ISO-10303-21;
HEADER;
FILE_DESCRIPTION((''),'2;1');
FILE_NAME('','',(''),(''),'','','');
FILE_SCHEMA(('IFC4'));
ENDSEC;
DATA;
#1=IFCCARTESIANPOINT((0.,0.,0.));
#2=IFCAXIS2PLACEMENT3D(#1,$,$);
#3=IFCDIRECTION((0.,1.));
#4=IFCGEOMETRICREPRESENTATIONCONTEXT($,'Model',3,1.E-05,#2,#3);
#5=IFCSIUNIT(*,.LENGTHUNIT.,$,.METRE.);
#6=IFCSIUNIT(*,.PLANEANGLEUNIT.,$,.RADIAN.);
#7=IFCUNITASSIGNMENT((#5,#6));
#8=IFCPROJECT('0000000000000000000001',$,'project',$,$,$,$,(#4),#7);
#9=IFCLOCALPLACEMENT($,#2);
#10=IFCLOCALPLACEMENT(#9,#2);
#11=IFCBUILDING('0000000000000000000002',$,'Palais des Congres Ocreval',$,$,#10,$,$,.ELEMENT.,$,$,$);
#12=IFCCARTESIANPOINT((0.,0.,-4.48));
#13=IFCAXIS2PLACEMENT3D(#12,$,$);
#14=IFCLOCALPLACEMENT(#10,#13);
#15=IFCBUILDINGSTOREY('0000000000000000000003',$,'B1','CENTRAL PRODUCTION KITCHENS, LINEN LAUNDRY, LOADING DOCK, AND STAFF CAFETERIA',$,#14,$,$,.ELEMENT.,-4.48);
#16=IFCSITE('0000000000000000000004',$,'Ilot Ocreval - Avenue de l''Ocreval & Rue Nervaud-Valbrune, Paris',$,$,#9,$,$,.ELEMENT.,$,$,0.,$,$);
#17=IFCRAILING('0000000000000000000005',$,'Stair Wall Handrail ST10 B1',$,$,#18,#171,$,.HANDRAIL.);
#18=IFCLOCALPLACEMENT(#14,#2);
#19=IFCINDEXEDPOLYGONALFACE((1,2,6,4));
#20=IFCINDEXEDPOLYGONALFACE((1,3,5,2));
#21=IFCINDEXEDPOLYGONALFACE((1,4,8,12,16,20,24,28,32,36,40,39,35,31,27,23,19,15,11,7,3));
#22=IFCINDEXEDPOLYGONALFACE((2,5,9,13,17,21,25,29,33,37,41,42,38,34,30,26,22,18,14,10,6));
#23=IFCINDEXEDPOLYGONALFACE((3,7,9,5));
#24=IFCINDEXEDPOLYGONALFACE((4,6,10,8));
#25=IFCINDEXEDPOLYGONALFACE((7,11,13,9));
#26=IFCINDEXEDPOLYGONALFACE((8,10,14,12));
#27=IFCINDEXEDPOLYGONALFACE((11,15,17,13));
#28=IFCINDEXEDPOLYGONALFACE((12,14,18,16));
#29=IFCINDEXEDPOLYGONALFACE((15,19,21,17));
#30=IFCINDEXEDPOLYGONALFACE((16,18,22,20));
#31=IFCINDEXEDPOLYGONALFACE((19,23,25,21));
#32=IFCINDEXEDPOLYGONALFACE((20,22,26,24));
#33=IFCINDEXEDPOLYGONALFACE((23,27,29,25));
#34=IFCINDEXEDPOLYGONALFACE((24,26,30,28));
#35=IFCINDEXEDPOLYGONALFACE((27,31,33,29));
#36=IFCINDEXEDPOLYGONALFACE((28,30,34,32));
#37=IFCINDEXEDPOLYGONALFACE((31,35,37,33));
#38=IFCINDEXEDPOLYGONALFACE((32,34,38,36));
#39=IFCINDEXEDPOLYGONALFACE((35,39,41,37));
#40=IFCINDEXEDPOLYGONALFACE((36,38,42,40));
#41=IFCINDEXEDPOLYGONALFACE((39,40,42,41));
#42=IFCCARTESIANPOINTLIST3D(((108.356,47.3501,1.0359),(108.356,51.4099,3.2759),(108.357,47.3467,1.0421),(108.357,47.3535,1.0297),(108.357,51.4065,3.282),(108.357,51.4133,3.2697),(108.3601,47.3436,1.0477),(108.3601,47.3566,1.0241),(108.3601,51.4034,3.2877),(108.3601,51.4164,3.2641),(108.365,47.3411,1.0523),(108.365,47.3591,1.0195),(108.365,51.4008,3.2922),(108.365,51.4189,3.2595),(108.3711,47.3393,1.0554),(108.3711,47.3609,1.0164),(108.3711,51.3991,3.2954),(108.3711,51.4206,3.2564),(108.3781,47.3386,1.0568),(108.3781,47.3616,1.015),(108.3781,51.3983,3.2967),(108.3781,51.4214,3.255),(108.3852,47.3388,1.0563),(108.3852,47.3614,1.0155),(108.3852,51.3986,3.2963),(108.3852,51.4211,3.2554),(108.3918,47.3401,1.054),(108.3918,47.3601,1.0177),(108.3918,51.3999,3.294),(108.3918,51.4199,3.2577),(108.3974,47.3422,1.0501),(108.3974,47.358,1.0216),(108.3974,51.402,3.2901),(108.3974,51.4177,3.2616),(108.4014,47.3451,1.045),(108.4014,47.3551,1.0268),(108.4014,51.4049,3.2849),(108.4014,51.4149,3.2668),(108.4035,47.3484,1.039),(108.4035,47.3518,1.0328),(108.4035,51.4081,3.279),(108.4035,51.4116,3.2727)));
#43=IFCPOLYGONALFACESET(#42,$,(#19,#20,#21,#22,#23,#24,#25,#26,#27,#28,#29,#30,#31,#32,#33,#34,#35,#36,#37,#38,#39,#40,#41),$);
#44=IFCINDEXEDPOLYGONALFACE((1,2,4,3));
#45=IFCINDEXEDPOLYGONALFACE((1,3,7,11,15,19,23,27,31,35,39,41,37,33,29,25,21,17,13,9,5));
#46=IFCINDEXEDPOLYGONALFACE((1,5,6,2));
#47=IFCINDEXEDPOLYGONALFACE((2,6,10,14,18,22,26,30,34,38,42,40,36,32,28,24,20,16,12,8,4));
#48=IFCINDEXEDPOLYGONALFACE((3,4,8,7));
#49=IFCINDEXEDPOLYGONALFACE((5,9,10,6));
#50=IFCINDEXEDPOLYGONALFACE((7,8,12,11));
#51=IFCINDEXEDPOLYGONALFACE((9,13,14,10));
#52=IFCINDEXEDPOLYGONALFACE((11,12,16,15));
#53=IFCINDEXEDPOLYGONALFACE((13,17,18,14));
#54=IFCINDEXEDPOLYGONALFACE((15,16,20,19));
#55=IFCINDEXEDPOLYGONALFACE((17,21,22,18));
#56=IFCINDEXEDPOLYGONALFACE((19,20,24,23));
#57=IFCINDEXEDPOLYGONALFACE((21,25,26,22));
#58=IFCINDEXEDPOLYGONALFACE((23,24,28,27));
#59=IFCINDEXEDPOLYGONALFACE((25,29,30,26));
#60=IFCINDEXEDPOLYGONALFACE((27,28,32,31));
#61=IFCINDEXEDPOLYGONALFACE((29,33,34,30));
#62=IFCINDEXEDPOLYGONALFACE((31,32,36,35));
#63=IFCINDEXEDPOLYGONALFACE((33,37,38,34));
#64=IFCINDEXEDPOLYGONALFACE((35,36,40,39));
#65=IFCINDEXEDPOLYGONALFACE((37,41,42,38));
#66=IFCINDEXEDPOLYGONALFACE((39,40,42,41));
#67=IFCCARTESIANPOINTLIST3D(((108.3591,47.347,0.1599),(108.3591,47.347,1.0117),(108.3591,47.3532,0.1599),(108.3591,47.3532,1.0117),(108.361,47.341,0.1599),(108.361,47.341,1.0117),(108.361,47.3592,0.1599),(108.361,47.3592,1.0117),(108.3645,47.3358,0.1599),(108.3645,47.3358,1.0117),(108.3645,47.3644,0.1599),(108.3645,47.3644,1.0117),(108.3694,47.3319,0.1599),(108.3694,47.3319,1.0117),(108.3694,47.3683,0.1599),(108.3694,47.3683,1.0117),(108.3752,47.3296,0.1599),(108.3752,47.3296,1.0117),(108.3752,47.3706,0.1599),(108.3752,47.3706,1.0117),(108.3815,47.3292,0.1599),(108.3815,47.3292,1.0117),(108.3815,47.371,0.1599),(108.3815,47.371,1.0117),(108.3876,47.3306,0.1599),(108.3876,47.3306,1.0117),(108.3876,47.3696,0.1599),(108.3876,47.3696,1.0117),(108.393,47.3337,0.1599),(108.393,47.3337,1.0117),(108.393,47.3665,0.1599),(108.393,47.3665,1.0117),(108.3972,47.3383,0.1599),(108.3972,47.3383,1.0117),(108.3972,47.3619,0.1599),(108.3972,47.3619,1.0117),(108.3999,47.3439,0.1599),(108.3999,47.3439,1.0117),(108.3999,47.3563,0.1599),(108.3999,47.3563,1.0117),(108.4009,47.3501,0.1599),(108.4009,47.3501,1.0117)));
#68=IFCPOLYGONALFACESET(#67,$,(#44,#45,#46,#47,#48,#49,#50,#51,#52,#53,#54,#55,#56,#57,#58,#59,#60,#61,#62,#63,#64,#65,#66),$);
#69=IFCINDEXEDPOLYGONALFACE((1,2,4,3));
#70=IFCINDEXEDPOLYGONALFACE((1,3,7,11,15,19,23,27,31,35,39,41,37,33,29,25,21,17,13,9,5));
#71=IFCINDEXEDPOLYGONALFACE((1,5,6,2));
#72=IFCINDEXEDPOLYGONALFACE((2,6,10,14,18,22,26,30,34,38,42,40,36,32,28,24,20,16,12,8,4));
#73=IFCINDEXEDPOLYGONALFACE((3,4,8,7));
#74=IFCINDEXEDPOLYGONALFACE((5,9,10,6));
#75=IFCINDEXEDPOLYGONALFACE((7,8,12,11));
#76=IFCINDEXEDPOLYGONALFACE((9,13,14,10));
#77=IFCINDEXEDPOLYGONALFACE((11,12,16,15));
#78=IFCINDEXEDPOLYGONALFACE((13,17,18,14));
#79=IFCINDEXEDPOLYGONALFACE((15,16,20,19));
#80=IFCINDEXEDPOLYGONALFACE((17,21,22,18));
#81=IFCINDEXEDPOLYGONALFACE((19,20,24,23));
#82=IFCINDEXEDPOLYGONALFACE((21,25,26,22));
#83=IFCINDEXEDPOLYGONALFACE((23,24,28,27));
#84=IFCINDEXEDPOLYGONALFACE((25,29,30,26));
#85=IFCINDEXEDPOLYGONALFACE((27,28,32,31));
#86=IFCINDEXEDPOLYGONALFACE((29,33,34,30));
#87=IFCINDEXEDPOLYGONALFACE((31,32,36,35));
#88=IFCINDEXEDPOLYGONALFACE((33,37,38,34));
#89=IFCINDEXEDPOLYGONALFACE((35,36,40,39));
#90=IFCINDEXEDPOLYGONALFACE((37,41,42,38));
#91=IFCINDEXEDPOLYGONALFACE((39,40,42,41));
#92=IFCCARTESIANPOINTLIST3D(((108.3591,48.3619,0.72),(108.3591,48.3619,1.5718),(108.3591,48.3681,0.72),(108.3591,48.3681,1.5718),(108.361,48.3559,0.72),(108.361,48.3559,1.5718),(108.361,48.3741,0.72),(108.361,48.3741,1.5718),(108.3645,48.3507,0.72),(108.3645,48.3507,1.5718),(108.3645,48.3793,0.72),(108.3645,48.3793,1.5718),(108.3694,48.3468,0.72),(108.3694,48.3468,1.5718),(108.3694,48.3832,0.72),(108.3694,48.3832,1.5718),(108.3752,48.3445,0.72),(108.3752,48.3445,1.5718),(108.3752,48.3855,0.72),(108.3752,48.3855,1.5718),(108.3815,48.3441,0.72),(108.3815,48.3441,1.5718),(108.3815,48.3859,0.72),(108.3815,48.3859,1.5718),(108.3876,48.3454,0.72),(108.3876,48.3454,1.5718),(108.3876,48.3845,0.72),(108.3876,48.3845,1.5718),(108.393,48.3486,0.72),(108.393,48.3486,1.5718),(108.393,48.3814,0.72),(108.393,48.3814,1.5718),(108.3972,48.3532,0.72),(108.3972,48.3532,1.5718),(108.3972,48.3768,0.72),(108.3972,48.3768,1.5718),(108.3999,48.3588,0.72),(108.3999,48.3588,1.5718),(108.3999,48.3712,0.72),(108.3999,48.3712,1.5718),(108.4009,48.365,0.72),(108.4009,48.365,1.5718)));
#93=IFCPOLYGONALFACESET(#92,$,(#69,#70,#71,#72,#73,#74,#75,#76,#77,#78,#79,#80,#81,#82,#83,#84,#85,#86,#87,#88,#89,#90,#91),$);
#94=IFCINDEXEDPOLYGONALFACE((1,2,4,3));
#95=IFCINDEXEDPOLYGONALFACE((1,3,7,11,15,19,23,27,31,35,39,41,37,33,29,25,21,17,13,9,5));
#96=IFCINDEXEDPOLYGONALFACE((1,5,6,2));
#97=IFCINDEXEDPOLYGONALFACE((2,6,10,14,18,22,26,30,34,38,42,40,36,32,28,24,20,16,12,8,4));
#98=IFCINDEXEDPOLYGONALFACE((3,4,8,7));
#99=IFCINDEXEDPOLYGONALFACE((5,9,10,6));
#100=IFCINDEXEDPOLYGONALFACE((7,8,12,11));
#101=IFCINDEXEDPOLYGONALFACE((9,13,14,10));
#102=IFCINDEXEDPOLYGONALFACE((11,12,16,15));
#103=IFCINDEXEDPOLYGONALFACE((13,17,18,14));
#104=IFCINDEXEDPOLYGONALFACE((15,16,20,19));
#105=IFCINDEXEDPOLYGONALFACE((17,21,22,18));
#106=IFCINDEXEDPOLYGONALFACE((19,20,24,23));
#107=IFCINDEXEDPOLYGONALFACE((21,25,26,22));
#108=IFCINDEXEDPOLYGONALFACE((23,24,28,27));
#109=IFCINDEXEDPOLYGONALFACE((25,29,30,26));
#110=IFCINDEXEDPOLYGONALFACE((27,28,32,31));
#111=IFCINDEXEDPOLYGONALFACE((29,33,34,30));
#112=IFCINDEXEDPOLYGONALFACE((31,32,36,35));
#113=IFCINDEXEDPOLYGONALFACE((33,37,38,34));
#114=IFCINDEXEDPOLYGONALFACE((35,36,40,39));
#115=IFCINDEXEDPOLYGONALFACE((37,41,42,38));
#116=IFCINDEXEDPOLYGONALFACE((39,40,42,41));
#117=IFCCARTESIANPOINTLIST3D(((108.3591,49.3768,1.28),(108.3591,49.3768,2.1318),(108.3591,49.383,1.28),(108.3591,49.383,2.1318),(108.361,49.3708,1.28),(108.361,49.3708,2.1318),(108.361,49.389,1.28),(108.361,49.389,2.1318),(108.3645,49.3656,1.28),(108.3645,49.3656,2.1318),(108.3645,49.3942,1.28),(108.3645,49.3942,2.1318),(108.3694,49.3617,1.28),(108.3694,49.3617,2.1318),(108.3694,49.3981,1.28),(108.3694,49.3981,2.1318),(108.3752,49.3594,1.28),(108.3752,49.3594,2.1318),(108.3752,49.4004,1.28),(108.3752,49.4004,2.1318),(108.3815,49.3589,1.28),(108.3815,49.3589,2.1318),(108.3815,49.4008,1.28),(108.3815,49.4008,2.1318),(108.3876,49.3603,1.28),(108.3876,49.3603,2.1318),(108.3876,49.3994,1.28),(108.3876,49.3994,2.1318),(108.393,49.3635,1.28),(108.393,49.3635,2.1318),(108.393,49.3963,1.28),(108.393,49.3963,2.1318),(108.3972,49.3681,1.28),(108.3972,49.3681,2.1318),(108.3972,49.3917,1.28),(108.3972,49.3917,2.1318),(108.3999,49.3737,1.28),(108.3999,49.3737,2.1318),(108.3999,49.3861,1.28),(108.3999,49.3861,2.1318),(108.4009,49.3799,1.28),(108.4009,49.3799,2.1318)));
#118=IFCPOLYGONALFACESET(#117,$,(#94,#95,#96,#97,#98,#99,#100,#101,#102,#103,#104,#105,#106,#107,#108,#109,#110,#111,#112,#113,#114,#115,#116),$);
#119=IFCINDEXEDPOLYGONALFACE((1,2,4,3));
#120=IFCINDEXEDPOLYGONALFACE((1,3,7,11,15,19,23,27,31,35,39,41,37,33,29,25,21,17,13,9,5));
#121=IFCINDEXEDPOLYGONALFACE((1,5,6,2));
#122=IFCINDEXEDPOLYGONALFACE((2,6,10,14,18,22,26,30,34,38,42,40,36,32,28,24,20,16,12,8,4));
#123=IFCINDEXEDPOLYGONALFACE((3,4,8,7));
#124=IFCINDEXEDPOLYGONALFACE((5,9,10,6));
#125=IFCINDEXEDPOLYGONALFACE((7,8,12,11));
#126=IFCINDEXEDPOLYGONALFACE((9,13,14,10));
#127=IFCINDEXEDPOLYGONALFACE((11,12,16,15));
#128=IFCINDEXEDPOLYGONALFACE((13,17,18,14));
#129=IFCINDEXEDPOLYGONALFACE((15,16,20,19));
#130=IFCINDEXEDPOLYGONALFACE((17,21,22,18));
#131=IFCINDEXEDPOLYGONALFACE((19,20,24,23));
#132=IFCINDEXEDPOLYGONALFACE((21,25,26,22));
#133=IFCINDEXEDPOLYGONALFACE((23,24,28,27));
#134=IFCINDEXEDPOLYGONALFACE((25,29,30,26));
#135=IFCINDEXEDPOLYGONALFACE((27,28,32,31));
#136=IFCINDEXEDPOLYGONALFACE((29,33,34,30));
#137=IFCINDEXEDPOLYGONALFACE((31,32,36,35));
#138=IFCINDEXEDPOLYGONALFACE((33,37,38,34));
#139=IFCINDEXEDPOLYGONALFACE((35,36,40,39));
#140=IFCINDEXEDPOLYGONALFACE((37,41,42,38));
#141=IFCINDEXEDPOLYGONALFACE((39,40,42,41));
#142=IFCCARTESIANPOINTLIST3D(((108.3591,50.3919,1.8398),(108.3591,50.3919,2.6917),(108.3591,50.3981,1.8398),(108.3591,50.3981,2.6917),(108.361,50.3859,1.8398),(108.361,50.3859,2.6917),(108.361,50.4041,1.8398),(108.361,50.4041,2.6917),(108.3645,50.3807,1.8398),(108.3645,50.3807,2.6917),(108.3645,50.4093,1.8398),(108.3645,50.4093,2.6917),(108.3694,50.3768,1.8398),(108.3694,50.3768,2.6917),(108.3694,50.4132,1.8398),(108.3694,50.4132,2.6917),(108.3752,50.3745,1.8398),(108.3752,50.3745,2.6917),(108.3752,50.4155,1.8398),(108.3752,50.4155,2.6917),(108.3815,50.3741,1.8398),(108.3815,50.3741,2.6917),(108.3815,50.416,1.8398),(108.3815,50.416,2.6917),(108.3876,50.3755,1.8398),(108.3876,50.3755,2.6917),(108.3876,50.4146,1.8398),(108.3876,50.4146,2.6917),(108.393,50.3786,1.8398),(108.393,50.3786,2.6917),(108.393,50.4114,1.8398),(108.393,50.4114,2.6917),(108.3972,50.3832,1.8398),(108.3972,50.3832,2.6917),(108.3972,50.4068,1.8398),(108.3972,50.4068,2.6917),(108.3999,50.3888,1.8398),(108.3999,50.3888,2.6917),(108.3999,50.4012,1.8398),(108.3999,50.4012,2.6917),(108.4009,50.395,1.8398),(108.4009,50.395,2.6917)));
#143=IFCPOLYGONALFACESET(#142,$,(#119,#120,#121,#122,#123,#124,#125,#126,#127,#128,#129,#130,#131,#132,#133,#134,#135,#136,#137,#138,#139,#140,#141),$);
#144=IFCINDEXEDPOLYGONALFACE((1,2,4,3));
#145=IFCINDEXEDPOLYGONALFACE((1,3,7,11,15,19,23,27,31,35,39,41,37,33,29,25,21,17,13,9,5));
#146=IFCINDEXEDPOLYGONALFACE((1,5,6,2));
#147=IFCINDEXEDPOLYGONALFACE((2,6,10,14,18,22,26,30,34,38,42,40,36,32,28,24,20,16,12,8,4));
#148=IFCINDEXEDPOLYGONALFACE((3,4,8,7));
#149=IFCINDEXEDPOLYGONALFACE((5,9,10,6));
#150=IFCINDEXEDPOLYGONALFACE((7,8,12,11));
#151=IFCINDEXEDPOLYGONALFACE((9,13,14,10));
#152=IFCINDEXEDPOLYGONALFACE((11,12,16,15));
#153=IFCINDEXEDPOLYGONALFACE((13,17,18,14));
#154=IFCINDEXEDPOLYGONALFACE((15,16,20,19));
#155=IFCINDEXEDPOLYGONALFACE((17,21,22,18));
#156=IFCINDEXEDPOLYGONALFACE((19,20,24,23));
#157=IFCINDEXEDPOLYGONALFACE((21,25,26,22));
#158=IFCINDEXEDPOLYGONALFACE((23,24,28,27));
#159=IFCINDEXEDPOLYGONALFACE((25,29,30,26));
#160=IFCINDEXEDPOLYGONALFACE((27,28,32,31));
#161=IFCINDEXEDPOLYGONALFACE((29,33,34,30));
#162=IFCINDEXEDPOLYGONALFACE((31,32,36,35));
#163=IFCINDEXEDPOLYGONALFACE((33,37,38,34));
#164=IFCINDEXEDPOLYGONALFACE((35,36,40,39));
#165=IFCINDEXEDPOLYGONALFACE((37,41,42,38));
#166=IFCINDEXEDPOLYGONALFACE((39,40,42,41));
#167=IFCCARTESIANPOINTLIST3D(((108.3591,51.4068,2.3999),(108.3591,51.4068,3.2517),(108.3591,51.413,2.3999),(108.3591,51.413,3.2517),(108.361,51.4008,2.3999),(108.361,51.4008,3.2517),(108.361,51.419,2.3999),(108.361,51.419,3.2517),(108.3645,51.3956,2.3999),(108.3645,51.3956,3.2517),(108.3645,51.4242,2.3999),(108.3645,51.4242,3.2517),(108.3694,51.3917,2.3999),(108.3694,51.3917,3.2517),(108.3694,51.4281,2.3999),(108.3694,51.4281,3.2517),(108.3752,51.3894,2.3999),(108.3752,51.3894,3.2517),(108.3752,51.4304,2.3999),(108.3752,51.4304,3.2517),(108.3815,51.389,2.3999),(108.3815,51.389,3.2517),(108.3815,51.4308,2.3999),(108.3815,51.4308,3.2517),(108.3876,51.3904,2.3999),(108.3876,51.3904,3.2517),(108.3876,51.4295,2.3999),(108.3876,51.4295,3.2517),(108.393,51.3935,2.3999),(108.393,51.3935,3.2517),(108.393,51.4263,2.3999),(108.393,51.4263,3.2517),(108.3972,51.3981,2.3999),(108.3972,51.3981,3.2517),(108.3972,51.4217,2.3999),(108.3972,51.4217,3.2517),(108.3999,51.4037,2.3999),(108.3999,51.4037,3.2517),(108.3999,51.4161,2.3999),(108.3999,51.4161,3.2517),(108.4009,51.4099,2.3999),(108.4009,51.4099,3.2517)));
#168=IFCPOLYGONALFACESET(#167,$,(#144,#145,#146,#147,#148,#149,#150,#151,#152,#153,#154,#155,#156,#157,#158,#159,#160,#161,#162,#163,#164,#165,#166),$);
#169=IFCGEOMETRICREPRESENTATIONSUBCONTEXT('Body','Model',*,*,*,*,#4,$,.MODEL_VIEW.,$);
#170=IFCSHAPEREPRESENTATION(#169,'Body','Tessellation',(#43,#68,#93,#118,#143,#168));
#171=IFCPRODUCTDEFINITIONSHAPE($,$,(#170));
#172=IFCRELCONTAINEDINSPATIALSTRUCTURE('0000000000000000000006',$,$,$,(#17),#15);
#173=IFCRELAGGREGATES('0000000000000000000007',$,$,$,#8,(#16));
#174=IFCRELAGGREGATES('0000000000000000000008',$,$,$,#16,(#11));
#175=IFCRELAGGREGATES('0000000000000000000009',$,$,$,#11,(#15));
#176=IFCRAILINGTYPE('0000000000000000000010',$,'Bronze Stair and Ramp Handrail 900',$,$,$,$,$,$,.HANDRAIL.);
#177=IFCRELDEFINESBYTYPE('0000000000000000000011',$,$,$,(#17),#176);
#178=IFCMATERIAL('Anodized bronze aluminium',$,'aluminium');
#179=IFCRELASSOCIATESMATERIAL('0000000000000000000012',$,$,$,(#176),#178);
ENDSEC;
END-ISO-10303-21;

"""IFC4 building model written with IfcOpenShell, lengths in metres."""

from ifc_helpers import new_model, si_unit, direction, frame, origin, origin_2d, place, context, subcontext, project, spatial, circle, extrude, material, type_object, element, save


model = new_model("IFC4")

# Units and contexts
model_context = context("Model", 3, precision=1e-05, world=origin(), true_north=direction((0.0, 1.0)))
body_context = subcontext(model_context, "Body", "Model", "MODEL_VIEW")
ifc_project = project(units=[si_unit("LENGTHUNIT", "METRE"), si_unit("PLANEANGLEUNIT", "RADIAN")], contexts=[model_context])

# Site, building, storey
site_placement = place(None, origin())
site = spatial("IfcSite", under=ifc_project, at=site_placement, Name="Ilot Ocreval - Avenue de l'Ocreval & Rue Nervaud-Valbrune, Paris", CompositionType="ELEMENT", RefElevation=0.0)
building_placement = place(site_placement, origin())
building = spatial("IfcBuilding", under=site, at=building_placement, Name="Palais des Congres Ocreval", CompositionType="ELEMENT")
storey_placement = place(building_placement, frame((0.0, 0.0, -4.48)))
storey = spatial("IfcBuildingStorey", under=building, at=storey_placement, Name="B1", Description="CENTRAL PRODUCTION KITCHENS, LINEN LAUNDRY, LOADING DOCK, AND STAFF CAFETERIA", CompositionType="ELEMENT", Elevation=-4.48)

# Railing
ifc_material_1 = material(Name="Anodized bronze aluminium", Category="aluminium")
railing_type_1 = type_object("IfcRailingType", Name="Bronze Stair and Ramp Handrail 900", PredefinedType="HANDRAIL", material=ifc_material_1)
railing_1_placement = place(storey_placement, frame((108.3799, 47.3501, 0.1599)))
element("IfcRailing", 1, at=railing_1_placement, inside=storey, type_object=railing_type_1, Name="Stair Wall Handrail ST10 B1", PredefinedType="HANDRAIL", context=body_context, shape_type="SweptSolid", body=[
    extrude(circle(Radius=0.0239, at=origin_2d()), frame((0.0, 0.0, 0.876), z_axis=(0.0, 0.875569, 0.483093), x_axis=(-1.0, 0.0, 0.0)), (0.0, 0.0, 1.0), 4.6367),
    extrude(circle(Radius=0.021, at=origin_2d()), origin(), (0.0, 0.0, 1.0), 0.8518),
    extrude(circle(Radius=0.021, at=origin_2d()), frame((0.0, 1.0149, 0.5601)), (0.0, 0.0, 1.0), 0.8518),
    extrude(circle(Radius=0.021, at=origin_2d()), frame((0.0, 2.0298, 1.1201)), (0.0, 0.0, 1.0), 0.8518),
    extrude(circle(Radius=0.021, at=origin_2d()), frame((0.0, 3.0449, 1.6799)), (0.0, 0.0, 1.0), 0.8518),
    extrude(circle(Radius=0.021, at=origin_2d()), frame((0.0, 4.0598, 2.24)), (0.0, 0.0, 1.0), 0.8518),
])

save(model, "model.ifc")
